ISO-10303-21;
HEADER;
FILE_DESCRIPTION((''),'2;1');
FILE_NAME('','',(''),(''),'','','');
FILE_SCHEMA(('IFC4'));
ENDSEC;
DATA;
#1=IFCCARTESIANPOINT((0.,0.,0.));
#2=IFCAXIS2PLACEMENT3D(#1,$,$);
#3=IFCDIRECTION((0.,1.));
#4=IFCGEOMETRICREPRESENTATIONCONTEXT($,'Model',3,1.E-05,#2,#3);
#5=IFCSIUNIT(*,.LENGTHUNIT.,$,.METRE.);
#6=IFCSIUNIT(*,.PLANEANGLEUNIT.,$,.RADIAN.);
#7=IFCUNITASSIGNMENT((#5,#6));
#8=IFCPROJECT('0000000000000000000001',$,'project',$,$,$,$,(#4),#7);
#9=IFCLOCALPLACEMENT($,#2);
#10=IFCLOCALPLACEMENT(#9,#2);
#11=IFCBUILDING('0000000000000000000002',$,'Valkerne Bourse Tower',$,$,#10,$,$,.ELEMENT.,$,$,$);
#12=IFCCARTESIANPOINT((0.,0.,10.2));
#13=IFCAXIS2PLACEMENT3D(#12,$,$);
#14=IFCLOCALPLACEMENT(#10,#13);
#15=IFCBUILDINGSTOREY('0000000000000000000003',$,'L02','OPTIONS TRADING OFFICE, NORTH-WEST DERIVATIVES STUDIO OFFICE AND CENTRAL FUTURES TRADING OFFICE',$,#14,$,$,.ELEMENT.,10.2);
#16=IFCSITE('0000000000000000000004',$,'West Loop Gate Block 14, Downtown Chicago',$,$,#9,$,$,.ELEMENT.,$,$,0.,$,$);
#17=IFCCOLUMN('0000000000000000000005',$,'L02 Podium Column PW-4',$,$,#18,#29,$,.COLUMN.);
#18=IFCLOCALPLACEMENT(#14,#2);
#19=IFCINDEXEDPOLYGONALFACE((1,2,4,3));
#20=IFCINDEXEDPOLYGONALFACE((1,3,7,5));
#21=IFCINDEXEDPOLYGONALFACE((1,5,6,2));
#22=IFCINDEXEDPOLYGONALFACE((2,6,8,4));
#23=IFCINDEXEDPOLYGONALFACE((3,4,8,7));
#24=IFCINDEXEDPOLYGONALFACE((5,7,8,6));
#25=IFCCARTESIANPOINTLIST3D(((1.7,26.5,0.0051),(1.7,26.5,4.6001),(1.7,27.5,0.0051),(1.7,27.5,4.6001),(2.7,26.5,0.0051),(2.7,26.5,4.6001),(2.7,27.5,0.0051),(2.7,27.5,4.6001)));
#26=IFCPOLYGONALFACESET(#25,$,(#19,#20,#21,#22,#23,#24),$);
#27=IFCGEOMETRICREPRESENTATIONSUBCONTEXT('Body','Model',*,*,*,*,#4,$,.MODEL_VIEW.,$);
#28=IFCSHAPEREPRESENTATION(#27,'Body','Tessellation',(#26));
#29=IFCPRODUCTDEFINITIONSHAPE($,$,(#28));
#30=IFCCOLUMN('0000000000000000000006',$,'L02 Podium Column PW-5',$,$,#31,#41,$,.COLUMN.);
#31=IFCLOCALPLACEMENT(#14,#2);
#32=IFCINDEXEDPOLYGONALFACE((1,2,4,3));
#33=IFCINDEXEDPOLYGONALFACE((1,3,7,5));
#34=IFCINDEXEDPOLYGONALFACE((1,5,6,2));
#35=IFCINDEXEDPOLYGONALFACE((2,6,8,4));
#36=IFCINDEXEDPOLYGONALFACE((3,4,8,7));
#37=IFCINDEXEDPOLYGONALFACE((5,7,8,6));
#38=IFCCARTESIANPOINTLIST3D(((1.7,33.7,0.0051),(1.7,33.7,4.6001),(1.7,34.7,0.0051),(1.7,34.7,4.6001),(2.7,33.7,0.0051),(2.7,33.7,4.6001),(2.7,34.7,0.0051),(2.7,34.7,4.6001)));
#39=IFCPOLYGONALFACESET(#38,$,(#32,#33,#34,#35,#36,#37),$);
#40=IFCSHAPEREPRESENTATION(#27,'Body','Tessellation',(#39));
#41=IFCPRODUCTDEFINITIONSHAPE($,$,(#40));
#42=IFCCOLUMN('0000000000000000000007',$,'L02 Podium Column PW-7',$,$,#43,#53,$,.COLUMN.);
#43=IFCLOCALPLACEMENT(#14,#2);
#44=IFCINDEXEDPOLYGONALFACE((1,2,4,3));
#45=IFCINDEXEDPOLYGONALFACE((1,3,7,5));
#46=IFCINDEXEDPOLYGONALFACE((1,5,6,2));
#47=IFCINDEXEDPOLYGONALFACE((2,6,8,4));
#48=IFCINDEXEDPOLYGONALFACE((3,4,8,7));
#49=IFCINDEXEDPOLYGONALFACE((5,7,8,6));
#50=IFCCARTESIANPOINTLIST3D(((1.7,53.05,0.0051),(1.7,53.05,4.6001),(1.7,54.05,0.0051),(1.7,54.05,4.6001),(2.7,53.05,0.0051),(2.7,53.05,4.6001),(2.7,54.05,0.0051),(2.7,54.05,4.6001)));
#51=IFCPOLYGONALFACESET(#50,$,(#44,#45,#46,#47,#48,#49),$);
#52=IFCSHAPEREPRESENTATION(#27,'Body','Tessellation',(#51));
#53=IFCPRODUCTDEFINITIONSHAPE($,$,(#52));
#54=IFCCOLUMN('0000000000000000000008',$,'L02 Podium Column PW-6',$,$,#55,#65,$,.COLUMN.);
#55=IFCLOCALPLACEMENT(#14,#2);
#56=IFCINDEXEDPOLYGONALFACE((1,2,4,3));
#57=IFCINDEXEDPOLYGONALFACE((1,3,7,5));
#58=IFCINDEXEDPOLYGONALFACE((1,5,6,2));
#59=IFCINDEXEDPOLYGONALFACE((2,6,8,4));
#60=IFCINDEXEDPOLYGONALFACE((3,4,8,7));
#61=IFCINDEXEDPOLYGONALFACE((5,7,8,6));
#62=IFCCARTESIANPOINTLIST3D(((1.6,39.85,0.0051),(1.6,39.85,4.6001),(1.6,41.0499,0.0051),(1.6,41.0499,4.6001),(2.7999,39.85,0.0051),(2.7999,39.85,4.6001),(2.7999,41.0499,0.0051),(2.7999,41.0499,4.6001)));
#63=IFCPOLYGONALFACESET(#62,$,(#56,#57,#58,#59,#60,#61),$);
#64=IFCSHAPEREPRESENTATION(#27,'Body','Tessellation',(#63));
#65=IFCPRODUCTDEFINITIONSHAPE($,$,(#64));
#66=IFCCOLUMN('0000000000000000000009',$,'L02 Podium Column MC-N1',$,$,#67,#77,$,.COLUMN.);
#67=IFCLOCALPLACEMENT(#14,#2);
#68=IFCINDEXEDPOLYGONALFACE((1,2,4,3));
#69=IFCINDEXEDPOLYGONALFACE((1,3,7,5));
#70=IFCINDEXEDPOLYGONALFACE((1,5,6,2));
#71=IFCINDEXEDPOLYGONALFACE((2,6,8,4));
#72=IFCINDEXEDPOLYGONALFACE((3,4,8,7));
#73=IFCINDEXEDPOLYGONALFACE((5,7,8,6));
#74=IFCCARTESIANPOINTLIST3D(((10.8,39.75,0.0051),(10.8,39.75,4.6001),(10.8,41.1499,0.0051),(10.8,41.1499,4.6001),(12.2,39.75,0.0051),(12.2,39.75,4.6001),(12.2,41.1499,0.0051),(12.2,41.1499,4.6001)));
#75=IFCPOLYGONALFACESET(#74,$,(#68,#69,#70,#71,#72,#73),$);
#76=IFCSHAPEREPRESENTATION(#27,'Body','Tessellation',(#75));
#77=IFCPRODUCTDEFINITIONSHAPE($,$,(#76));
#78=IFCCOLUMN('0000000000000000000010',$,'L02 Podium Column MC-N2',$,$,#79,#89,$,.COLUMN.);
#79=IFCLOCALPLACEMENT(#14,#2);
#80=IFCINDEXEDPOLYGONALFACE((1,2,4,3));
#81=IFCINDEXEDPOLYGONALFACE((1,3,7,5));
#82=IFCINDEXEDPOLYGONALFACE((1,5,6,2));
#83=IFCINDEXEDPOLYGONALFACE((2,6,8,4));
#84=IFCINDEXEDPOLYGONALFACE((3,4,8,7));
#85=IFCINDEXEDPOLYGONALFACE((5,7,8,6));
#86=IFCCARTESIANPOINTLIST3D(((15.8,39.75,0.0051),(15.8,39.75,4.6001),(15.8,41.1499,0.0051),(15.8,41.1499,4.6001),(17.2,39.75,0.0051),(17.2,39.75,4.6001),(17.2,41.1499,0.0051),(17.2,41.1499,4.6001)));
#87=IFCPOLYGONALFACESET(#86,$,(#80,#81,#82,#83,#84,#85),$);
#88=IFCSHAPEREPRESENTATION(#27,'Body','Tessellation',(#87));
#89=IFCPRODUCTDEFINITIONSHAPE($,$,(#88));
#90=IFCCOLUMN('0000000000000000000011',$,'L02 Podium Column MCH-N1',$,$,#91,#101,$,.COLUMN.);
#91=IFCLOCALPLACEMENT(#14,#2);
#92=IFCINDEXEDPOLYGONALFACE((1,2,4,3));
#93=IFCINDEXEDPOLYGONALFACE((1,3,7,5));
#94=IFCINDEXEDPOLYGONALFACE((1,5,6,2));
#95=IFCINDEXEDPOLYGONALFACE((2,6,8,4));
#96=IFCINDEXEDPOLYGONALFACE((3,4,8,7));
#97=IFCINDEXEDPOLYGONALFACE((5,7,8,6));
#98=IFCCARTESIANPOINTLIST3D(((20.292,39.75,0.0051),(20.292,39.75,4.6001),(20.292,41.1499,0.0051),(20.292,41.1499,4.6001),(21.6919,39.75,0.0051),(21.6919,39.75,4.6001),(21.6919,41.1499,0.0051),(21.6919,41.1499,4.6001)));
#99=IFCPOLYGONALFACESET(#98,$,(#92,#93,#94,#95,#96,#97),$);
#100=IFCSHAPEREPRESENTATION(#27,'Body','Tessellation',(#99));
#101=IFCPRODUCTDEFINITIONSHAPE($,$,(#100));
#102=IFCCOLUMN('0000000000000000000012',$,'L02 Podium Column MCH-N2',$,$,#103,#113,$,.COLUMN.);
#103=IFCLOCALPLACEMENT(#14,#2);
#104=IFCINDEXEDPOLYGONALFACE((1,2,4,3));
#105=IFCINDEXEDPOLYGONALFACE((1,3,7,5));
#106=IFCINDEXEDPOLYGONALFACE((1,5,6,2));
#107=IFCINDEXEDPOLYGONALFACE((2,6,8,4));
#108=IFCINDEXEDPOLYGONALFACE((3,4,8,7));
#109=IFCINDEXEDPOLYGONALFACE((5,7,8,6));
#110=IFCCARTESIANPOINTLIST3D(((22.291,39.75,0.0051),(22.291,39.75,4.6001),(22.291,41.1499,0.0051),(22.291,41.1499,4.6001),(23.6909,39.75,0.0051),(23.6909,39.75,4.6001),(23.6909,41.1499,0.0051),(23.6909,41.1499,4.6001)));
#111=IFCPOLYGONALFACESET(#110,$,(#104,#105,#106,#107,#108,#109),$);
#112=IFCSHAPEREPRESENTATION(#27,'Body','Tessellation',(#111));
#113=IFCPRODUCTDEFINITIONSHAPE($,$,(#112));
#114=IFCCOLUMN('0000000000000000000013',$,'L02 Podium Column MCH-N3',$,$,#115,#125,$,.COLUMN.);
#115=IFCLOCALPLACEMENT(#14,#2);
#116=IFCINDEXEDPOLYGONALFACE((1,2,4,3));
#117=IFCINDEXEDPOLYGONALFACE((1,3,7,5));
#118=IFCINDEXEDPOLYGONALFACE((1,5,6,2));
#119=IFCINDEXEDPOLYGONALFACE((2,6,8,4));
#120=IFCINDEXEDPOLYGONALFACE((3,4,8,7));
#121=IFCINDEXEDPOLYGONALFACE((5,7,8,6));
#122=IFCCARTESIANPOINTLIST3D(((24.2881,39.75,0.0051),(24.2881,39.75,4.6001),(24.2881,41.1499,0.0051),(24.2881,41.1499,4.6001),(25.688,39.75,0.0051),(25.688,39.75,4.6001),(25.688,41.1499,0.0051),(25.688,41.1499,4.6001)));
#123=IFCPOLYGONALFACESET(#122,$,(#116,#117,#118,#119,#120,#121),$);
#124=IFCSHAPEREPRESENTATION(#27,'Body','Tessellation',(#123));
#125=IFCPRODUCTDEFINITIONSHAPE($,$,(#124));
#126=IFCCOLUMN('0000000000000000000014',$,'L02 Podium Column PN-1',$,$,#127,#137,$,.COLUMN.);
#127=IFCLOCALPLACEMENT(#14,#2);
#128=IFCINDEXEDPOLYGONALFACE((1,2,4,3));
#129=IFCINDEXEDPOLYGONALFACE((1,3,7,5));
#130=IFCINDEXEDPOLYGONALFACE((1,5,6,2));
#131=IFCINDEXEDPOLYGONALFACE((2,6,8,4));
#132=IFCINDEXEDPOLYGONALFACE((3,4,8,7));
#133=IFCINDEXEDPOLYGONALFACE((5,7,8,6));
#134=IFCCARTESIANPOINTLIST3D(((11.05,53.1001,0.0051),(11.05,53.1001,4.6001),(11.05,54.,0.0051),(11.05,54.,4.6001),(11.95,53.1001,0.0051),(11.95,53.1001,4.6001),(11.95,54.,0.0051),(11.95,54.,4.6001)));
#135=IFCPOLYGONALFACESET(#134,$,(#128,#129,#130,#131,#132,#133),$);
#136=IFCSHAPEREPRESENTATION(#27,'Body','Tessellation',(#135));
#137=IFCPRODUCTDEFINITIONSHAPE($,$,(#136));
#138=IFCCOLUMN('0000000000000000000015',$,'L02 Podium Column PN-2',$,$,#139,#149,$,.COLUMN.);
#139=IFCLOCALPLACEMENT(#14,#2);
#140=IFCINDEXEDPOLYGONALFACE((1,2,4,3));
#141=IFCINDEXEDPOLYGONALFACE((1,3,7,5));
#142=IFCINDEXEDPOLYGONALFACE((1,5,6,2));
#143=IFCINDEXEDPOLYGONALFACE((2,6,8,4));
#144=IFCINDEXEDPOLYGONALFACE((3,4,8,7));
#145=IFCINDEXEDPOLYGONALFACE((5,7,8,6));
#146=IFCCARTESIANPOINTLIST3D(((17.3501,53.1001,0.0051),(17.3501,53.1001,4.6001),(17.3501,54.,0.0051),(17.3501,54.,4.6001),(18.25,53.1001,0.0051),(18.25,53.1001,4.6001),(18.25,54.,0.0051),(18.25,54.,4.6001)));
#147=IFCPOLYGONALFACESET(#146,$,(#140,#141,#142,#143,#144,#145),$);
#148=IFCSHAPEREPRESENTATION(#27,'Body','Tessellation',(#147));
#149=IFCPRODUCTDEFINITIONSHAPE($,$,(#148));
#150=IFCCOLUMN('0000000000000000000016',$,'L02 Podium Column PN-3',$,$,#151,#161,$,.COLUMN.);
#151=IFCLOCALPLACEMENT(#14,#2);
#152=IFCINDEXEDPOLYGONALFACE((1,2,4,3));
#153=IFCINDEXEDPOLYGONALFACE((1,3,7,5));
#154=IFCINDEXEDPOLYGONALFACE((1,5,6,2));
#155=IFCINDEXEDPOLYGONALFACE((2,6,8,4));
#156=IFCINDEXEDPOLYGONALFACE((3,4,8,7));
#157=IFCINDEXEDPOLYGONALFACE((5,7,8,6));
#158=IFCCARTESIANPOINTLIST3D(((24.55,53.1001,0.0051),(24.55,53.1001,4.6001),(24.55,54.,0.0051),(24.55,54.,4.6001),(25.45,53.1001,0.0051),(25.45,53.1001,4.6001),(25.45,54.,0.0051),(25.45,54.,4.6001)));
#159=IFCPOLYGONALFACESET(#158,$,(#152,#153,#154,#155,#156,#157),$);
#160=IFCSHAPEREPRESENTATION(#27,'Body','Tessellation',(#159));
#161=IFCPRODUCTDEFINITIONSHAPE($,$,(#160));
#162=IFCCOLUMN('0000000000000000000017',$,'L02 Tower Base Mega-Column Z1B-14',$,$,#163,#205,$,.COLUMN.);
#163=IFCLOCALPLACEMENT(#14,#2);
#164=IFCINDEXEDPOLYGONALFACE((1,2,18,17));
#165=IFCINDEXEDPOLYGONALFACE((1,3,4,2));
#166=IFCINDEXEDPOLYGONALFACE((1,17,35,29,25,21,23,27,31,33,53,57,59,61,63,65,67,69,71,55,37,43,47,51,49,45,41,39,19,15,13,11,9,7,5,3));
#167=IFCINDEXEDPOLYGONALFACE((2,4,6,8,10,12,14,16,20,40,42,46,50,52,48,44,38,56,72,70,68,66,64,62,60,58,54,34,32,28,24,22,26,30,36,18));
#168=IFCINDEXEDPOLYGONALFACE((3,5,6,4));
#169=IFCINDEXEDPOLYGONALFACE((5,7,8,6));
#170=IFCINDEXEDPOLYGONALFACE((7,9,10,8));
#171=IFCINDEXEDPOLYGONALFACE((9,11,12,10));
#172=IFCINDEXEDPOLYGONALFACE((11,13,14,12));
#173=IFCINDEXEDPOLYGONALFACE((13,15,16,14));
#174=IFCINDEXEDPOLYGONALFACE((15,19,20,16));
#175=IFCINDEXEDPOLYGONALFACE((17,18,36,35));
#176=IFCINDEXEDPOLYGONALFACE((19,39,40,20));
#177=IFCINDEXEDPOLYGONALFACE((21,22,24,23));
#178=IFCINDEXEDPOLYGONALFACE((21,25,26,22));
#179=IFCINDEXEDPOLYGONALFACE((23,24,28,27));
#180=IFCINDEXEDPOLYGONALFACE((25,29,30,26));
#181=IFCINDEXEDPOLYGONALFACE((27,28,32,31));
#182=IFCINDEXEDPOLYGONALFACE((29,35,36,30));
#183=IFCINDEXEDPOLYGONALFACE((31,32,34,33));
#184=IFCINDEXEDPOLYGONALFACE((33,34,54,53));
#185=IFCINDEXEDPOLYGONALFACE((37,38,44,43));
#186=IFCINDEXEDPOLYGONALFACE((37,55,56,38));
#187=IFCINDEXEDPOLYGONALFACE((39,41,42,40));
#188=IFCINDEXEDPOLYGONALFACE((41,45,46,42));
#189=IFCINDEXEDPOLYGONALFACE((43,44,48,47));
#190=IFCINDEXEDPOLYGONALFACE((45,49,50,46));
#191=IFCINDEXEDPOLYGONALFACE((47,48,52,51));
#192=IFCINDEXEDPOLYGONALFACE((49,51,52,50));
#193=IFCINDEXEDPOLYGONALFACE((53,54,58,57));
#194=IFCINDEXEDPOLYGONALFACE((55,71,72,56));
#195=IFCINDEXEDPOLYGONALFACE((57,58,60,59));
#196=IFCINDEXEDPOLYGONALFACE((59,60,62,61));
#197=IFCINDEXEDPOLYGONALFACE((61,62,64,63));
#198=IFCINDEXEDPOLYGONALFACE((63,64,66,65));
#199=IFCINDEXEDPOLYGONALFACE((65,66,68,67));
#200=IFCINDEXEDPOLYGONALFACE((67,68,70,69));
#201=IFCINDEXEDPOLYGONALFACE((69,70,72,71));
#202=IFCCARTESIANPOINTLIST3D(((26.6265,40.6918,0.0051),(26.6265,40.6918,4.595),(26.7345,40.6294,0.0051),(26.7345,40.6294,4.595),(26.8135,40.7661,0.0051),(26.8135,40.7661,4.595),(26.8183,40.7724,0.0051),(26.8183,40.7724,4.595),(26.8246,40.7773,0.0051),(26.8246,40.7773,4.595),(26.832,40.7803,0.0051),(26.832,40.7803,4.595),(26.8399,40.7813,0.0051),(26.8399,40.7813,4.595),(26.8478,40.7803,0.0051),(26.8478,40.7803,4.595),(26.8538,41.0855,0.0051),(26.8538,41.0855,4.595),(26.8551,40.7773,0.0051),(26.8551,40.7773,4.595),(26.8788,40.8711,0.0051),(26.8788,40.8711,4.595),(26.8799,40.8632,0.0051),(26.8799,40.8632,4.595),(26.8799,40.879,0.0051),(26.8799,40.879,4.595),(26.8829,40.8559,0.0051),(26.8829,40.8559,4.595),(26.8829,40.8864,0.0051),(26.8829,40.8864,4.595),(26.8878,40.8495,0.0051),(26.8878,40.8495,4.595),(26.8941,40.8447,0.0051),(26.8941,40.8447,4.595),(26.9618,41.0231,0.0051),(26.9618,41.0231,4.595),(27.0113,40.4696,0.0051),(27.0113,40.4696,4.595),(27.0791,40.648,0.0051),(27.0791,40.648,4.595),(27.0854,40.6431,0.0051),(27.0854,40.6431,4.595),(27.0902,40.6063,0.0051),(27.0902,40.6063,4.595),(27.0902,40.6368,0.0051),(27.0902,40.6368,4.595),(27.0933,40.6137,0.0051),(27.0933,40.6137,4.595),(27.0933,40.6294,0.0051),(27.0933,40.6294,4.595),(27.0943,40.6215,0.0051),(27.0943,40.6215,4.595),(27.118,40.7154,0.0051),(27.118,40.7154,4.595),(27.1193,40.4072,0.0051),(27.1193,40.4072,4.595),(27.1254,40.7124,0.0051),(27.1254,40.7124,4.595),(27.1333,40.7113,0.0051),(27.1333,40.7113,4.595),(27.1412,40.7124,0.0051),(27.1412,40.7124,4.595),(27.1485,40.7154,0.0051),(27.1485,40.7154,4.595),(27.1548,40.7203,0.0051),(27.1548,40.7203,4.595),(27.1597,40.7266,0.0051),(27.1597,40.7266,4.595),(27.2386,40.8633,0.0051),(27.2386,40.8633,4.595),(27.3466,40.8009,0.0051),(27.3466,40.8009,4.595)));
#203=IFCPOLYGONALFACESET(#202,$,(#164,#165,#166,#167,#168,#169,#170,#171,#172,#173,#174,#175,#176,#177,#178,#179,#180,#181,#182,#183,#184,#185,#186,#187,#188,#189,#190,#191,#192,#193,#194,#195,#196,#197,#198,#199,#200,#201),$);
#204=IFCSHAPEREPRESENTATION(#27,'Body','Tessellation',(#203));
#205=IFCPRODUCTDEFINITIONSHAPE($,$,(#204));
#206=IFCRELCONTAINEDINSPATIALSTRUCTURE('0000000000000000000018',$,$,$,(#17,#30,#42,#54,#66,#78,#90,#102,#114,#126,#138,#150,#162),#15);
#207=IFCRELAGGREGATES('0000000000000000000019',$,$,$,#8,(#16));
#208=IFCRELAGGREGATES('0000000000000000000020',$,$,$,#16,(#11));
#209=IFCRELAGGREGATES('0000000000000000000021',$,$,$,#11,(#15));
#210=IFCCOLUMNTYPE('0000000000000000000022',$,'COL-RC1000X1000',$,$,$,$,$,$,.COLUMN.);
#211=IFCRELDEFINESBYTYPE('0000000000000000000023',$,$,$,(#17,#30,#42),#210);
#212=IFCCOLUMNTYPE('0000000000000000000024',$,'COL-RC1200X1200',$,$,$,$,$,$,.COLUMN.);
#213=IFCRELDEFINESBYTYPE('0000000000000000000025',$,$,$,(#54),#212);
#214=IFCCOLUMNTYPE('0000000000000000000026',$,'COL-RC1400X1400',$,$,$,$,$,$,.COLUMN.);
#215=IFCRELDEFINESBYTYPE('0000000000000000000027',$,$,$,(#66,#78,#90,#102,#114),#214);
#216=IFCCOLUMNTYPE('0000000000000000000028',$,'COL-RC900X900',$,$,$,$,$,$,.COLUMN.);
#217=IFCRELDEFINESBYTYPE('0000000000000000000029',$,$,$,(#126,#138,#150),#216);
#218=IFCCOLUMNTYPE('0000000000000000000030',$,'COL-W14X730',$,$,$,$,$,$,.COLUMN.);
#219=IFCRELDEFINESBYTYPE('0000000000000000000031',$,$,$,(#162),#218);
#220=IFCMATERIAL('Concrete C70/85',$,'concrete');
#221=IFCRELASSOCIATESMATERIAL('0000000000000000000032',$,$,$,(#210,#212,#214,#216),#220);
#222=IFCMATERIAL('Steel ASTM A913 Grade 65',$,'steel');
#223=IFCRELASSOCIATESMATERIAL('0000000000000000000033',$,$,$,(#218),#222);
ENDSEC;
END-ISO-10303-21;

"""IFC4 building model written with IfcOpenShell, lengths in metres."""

from ifc_helpers import new_model, si_unit, direction, frame, origin, origin_2d, place, context, subcontext, project, spatial, rectangle, i_section, extrude, material, material_profile, profile_set, type_object, element, save


model = new_model("IFC4")

# Units and contexts
model_context = context("Model", 3, precision=1e-05, world=origin(), true_north=direction((0.0, 1.0)))
body_context = subcontext(model_context, "Body", "Model", "MODEL_VIEW")
ifc_project = project(units=[si_unit("LENGTHUNIT", "METRE"), si_unit("PLANEANGLEUNIT", "RADIAN")], contexts=[model_context])

# Site, building, storey
site_placement = place(None, origin())
site = spatial("IfcSite", under=ifc_project, at=site_placement, Name="West Loop Gate Block 14, Downtown Chicago", CompositionType="ELEMENT", RefElevation=0.0)
building_placement = place(site_placement, origin())
building = spatial("IfcBuilding", under=site, at=building_placement, Name="Valkerne Bourse Tower", CompositionType="ELEMENT")
storey_placement = place(building_placement, frame((0.0, 0.0, 10.2)))
storey = spatial("IfcBuildingStorey", under=building, at=storey_placement, Name="L02", Description="OPTIONS TRADING OFFICE, NORTH-WEST DERIVATIVES STUDIO OFFICE AND CENTRAL FUTURES TRADING OFFICE", CompositionType="ELEMENT", Elevation=10.2)

# Columns
ifc_material_1 = material(Name="Concrete C70/85", Category="concrete")
ifc_material_profile_1 = material_profile(ifc_material_1, rectangle(XDim=1.0, YDim=1.0, at=origin_2d()), Name="RC1000X1000")
ifc_profile_set_1 = profile_set([ifc_material_profile_1], Name="Concrete C70/85")
column_type_1 = type_object("IfcColumnType", Name="COL-RC1000X1000", PredefinedType="COLUMN", material=ifc_profile_set_1)
for number, where, z_axis, x_axis, name in (
    (1, (2.2, 27.0, 0.0051), (0.0, 0.0, 1.0), (1.0, 0.0, 0.0), "L02 Podium Column PW-4"),
    (2, (2.2, 34.2, 0.0051), (0.0, 0.0, 1.0), (1.0, 0.0, 0.0), "L02 Podium Column PW-5"),
    (3, (2.2, 53.55, 0.0051), (0.0, 0.0, 1.0), (1.0, 0.0, 0.0), "L02 Podium Column PW-7"),
):
    element("IfcColumn", number, at=place(storey_placement, frame(where, z_axis=z_axis, x_axis=x_axis)), inside=storey, type_object=column_type_1, Name=name, PredefinedType="COLUMN", context=body_context, shape_type="SweptSolid", body=[
        extrude(rectangle(XDim=1.0, YDim=1.0, at=origin_2d()), origin(), (0.0, 0.0, 1.0), 4.595),
    ])
ifc_material_profile_2 = material_profile(ifc_material_1, rectangle(XDim=1.2, YDim=1.2, at=origin_2d()), Name="RC1200X1200")
ifc_profile_set_2 = profile_set([ifc_material_profile_2], Name="Concrete C70/85")
column_type_2 = type_object("IfcColumnType", Name="COL-RC1200X1200", PredefinedType="COLUMN", material=ifc_profile_set_2)
column_1_placement = place(storey_placement, frame((2.2, 40.45, 0.0051), z_axis=(0.0, 0.0, 1.0), x_axis=(1.0, 0.0, 0.0)))
element("IfcColumn", 4, at=column_1_placement, inside=storey, type_object=column_type_2, Name="L02 Podium Column PW-6", PredefinedType="COLUMN", context=body_context, shape_type="SweptSolid", body=[
    extrude(rectangle(XDim=1.2, YDim=1.2, at=origin_2d()), origin(), (0.0, 0.0, 1.0), 4.595),
])
ifc_material_profile_3 = material_profile(ifc_material_1, rectangle(XDim=1.3999, YDim=1.3999, at=origin_2d()), Name="RC1400X1400")
ifc_profile_set_3 = profile_set([ifc_material_profile_3], Name="Concrete C70/85")
column_type_3 = type_object("IfcColumnType", Name="COL-RC1400X1400", PredefinedType="COLUMN", material=ifc_profile_set_3)
for number, where, z_axis, x_axis, name in (
    (5, (11.5, 40.45, 0.0051), (0.0, 0.0, 1.0), (1.0, 0.0, 0.0), "L02 Podium Column MC-N1"),
    (6, (16.5, 40.45, 0.0051), (0.0, 0.0, 1.0), (1.0, 0.0, 0.0), "L02 Podium Column MC-N2"),
    (7, (20.9919, 40.45, 0.0051), (0.0, 0.0, 1.0), (1.0, 0.0, 0.0), "L02 Podium Column MCH-N1"),
    (8, (22.991, 40.45, 0.0051), (0.0, 0.0, 1.0), (1.0, 0.0, 0.0), "L02 Podium Column MCH-N2"),
    (9, (24.988, 40.45, 0.0051), (0.0, 0.0, 1.0), (1.0, 0.0, 0.0), "L02 Podium Column MCH-N3"),
):
    element("IfcColumn", number, at=place(storey_placement, frame(where, z_axis=z_axis, x_axis=x_axis)), inside=storey, type_object=column_type_3, Name=name, PredefinedType="COLUMN", context=body_context, shape_type="SweptSolid", body=[
        extrude(rectangle(XDim=1.3999, YDim=1.3999, at=origin_2d()), origin(), (0.0, 0.0, 1.0), 4.595),
    ])
ifc_material_profile_4 = material_profile(ifc_material_1, rectangle(XDim=0.8999, YDim=0.8999, at=origin_2d()), Name="RC900X900")
ifc_profile_set_4 = profile_set([ifc_material_profile_4], Name="Concrete C70/85")
column_type_4 = type_object("IfcColumnType", Name="COL-RC900X900", PredefinedType="COLUMN", material=ifc_profile_set_4)
for number, where, z_axis, x_axis, name in (
    (10, (11.5, 53.55, 0.0051), (0.0, 0.0, 1.0), (1.0, 0.0, 0.0), "L02 Podium Column PN-1"),
    (11, (17.8, 53.55, 0.0051), (0.0, 0.0, 1.0), (1.0, 0.0, 0.0), "L02 Podium Column PN-2"),
    (12, (25.0, 53.55, 0.0051), (0.0, 0.0, 1.0), (1.0, 0.0, 0.0), "L02 Podium Column PN-3"),
):
    element("IfcColumn", number, at=place(storey_placement, frame(where, z_axis=z_axis, x_axis=x_axis)), inside=storey, type_object=column_type_4, Name=name, PredefinedType="COLUMN", context=body_context, shape_type="SweptSolid", body=[
        extrude(rectangle(XDim=0.8999, YDim=0.8999, at=origin_2d()), origin(), (0.0, 0.0, 1.0), 4.595),
    ])
ifc_material_2 = material(Name="Steel ASTM A913 Grade 65", Category="steel")
ifc_material_profile_5 = material_profile(ifc_material_2, i_section(OverallWidth=0.4546, OverallDepth=0.5691, WebThickness=0.0779, FlangeThickness=0.1248, FilletRadius=0.0305, at=origin_2d()), Name="W14X730")
ifc_profile_set_5 = profile_set([ifc_material_profile_5], Name="Steel ASTM A913 Grade 65")
column_type_5 = type_object("IfcColumnType", Name="COL-W14X730", PredefinedType="COLUMN", material=ifc_profile_set_5)
column_2_placement = place(storey_placement, frame((26.9866, 40.7463, 0.0051), z_axis=(0.0, 0.0, 1.0), x_axis=(-0.5, -0.866025, 0.0)))
element("IfcColumn", 13, at=column_2_placement, inside=storey, type_object=column_type_5, Name="L02 Tower Base Mega-Column Z1B-14", PredefinedType="COLUMN", context=body_context, shape_type="SweptSolid", body=[
    extrude(i_section(OverallWidth=0.4546, OverallDepth=0.5691, WebThickness=0.0779, FlangeThickness=0.1248, FilletRadius=0.0305, at=origin_2d()), origin(), (0.0, 0.0, 1.0), 4.5898),
])

save(model, "model.ifc")
